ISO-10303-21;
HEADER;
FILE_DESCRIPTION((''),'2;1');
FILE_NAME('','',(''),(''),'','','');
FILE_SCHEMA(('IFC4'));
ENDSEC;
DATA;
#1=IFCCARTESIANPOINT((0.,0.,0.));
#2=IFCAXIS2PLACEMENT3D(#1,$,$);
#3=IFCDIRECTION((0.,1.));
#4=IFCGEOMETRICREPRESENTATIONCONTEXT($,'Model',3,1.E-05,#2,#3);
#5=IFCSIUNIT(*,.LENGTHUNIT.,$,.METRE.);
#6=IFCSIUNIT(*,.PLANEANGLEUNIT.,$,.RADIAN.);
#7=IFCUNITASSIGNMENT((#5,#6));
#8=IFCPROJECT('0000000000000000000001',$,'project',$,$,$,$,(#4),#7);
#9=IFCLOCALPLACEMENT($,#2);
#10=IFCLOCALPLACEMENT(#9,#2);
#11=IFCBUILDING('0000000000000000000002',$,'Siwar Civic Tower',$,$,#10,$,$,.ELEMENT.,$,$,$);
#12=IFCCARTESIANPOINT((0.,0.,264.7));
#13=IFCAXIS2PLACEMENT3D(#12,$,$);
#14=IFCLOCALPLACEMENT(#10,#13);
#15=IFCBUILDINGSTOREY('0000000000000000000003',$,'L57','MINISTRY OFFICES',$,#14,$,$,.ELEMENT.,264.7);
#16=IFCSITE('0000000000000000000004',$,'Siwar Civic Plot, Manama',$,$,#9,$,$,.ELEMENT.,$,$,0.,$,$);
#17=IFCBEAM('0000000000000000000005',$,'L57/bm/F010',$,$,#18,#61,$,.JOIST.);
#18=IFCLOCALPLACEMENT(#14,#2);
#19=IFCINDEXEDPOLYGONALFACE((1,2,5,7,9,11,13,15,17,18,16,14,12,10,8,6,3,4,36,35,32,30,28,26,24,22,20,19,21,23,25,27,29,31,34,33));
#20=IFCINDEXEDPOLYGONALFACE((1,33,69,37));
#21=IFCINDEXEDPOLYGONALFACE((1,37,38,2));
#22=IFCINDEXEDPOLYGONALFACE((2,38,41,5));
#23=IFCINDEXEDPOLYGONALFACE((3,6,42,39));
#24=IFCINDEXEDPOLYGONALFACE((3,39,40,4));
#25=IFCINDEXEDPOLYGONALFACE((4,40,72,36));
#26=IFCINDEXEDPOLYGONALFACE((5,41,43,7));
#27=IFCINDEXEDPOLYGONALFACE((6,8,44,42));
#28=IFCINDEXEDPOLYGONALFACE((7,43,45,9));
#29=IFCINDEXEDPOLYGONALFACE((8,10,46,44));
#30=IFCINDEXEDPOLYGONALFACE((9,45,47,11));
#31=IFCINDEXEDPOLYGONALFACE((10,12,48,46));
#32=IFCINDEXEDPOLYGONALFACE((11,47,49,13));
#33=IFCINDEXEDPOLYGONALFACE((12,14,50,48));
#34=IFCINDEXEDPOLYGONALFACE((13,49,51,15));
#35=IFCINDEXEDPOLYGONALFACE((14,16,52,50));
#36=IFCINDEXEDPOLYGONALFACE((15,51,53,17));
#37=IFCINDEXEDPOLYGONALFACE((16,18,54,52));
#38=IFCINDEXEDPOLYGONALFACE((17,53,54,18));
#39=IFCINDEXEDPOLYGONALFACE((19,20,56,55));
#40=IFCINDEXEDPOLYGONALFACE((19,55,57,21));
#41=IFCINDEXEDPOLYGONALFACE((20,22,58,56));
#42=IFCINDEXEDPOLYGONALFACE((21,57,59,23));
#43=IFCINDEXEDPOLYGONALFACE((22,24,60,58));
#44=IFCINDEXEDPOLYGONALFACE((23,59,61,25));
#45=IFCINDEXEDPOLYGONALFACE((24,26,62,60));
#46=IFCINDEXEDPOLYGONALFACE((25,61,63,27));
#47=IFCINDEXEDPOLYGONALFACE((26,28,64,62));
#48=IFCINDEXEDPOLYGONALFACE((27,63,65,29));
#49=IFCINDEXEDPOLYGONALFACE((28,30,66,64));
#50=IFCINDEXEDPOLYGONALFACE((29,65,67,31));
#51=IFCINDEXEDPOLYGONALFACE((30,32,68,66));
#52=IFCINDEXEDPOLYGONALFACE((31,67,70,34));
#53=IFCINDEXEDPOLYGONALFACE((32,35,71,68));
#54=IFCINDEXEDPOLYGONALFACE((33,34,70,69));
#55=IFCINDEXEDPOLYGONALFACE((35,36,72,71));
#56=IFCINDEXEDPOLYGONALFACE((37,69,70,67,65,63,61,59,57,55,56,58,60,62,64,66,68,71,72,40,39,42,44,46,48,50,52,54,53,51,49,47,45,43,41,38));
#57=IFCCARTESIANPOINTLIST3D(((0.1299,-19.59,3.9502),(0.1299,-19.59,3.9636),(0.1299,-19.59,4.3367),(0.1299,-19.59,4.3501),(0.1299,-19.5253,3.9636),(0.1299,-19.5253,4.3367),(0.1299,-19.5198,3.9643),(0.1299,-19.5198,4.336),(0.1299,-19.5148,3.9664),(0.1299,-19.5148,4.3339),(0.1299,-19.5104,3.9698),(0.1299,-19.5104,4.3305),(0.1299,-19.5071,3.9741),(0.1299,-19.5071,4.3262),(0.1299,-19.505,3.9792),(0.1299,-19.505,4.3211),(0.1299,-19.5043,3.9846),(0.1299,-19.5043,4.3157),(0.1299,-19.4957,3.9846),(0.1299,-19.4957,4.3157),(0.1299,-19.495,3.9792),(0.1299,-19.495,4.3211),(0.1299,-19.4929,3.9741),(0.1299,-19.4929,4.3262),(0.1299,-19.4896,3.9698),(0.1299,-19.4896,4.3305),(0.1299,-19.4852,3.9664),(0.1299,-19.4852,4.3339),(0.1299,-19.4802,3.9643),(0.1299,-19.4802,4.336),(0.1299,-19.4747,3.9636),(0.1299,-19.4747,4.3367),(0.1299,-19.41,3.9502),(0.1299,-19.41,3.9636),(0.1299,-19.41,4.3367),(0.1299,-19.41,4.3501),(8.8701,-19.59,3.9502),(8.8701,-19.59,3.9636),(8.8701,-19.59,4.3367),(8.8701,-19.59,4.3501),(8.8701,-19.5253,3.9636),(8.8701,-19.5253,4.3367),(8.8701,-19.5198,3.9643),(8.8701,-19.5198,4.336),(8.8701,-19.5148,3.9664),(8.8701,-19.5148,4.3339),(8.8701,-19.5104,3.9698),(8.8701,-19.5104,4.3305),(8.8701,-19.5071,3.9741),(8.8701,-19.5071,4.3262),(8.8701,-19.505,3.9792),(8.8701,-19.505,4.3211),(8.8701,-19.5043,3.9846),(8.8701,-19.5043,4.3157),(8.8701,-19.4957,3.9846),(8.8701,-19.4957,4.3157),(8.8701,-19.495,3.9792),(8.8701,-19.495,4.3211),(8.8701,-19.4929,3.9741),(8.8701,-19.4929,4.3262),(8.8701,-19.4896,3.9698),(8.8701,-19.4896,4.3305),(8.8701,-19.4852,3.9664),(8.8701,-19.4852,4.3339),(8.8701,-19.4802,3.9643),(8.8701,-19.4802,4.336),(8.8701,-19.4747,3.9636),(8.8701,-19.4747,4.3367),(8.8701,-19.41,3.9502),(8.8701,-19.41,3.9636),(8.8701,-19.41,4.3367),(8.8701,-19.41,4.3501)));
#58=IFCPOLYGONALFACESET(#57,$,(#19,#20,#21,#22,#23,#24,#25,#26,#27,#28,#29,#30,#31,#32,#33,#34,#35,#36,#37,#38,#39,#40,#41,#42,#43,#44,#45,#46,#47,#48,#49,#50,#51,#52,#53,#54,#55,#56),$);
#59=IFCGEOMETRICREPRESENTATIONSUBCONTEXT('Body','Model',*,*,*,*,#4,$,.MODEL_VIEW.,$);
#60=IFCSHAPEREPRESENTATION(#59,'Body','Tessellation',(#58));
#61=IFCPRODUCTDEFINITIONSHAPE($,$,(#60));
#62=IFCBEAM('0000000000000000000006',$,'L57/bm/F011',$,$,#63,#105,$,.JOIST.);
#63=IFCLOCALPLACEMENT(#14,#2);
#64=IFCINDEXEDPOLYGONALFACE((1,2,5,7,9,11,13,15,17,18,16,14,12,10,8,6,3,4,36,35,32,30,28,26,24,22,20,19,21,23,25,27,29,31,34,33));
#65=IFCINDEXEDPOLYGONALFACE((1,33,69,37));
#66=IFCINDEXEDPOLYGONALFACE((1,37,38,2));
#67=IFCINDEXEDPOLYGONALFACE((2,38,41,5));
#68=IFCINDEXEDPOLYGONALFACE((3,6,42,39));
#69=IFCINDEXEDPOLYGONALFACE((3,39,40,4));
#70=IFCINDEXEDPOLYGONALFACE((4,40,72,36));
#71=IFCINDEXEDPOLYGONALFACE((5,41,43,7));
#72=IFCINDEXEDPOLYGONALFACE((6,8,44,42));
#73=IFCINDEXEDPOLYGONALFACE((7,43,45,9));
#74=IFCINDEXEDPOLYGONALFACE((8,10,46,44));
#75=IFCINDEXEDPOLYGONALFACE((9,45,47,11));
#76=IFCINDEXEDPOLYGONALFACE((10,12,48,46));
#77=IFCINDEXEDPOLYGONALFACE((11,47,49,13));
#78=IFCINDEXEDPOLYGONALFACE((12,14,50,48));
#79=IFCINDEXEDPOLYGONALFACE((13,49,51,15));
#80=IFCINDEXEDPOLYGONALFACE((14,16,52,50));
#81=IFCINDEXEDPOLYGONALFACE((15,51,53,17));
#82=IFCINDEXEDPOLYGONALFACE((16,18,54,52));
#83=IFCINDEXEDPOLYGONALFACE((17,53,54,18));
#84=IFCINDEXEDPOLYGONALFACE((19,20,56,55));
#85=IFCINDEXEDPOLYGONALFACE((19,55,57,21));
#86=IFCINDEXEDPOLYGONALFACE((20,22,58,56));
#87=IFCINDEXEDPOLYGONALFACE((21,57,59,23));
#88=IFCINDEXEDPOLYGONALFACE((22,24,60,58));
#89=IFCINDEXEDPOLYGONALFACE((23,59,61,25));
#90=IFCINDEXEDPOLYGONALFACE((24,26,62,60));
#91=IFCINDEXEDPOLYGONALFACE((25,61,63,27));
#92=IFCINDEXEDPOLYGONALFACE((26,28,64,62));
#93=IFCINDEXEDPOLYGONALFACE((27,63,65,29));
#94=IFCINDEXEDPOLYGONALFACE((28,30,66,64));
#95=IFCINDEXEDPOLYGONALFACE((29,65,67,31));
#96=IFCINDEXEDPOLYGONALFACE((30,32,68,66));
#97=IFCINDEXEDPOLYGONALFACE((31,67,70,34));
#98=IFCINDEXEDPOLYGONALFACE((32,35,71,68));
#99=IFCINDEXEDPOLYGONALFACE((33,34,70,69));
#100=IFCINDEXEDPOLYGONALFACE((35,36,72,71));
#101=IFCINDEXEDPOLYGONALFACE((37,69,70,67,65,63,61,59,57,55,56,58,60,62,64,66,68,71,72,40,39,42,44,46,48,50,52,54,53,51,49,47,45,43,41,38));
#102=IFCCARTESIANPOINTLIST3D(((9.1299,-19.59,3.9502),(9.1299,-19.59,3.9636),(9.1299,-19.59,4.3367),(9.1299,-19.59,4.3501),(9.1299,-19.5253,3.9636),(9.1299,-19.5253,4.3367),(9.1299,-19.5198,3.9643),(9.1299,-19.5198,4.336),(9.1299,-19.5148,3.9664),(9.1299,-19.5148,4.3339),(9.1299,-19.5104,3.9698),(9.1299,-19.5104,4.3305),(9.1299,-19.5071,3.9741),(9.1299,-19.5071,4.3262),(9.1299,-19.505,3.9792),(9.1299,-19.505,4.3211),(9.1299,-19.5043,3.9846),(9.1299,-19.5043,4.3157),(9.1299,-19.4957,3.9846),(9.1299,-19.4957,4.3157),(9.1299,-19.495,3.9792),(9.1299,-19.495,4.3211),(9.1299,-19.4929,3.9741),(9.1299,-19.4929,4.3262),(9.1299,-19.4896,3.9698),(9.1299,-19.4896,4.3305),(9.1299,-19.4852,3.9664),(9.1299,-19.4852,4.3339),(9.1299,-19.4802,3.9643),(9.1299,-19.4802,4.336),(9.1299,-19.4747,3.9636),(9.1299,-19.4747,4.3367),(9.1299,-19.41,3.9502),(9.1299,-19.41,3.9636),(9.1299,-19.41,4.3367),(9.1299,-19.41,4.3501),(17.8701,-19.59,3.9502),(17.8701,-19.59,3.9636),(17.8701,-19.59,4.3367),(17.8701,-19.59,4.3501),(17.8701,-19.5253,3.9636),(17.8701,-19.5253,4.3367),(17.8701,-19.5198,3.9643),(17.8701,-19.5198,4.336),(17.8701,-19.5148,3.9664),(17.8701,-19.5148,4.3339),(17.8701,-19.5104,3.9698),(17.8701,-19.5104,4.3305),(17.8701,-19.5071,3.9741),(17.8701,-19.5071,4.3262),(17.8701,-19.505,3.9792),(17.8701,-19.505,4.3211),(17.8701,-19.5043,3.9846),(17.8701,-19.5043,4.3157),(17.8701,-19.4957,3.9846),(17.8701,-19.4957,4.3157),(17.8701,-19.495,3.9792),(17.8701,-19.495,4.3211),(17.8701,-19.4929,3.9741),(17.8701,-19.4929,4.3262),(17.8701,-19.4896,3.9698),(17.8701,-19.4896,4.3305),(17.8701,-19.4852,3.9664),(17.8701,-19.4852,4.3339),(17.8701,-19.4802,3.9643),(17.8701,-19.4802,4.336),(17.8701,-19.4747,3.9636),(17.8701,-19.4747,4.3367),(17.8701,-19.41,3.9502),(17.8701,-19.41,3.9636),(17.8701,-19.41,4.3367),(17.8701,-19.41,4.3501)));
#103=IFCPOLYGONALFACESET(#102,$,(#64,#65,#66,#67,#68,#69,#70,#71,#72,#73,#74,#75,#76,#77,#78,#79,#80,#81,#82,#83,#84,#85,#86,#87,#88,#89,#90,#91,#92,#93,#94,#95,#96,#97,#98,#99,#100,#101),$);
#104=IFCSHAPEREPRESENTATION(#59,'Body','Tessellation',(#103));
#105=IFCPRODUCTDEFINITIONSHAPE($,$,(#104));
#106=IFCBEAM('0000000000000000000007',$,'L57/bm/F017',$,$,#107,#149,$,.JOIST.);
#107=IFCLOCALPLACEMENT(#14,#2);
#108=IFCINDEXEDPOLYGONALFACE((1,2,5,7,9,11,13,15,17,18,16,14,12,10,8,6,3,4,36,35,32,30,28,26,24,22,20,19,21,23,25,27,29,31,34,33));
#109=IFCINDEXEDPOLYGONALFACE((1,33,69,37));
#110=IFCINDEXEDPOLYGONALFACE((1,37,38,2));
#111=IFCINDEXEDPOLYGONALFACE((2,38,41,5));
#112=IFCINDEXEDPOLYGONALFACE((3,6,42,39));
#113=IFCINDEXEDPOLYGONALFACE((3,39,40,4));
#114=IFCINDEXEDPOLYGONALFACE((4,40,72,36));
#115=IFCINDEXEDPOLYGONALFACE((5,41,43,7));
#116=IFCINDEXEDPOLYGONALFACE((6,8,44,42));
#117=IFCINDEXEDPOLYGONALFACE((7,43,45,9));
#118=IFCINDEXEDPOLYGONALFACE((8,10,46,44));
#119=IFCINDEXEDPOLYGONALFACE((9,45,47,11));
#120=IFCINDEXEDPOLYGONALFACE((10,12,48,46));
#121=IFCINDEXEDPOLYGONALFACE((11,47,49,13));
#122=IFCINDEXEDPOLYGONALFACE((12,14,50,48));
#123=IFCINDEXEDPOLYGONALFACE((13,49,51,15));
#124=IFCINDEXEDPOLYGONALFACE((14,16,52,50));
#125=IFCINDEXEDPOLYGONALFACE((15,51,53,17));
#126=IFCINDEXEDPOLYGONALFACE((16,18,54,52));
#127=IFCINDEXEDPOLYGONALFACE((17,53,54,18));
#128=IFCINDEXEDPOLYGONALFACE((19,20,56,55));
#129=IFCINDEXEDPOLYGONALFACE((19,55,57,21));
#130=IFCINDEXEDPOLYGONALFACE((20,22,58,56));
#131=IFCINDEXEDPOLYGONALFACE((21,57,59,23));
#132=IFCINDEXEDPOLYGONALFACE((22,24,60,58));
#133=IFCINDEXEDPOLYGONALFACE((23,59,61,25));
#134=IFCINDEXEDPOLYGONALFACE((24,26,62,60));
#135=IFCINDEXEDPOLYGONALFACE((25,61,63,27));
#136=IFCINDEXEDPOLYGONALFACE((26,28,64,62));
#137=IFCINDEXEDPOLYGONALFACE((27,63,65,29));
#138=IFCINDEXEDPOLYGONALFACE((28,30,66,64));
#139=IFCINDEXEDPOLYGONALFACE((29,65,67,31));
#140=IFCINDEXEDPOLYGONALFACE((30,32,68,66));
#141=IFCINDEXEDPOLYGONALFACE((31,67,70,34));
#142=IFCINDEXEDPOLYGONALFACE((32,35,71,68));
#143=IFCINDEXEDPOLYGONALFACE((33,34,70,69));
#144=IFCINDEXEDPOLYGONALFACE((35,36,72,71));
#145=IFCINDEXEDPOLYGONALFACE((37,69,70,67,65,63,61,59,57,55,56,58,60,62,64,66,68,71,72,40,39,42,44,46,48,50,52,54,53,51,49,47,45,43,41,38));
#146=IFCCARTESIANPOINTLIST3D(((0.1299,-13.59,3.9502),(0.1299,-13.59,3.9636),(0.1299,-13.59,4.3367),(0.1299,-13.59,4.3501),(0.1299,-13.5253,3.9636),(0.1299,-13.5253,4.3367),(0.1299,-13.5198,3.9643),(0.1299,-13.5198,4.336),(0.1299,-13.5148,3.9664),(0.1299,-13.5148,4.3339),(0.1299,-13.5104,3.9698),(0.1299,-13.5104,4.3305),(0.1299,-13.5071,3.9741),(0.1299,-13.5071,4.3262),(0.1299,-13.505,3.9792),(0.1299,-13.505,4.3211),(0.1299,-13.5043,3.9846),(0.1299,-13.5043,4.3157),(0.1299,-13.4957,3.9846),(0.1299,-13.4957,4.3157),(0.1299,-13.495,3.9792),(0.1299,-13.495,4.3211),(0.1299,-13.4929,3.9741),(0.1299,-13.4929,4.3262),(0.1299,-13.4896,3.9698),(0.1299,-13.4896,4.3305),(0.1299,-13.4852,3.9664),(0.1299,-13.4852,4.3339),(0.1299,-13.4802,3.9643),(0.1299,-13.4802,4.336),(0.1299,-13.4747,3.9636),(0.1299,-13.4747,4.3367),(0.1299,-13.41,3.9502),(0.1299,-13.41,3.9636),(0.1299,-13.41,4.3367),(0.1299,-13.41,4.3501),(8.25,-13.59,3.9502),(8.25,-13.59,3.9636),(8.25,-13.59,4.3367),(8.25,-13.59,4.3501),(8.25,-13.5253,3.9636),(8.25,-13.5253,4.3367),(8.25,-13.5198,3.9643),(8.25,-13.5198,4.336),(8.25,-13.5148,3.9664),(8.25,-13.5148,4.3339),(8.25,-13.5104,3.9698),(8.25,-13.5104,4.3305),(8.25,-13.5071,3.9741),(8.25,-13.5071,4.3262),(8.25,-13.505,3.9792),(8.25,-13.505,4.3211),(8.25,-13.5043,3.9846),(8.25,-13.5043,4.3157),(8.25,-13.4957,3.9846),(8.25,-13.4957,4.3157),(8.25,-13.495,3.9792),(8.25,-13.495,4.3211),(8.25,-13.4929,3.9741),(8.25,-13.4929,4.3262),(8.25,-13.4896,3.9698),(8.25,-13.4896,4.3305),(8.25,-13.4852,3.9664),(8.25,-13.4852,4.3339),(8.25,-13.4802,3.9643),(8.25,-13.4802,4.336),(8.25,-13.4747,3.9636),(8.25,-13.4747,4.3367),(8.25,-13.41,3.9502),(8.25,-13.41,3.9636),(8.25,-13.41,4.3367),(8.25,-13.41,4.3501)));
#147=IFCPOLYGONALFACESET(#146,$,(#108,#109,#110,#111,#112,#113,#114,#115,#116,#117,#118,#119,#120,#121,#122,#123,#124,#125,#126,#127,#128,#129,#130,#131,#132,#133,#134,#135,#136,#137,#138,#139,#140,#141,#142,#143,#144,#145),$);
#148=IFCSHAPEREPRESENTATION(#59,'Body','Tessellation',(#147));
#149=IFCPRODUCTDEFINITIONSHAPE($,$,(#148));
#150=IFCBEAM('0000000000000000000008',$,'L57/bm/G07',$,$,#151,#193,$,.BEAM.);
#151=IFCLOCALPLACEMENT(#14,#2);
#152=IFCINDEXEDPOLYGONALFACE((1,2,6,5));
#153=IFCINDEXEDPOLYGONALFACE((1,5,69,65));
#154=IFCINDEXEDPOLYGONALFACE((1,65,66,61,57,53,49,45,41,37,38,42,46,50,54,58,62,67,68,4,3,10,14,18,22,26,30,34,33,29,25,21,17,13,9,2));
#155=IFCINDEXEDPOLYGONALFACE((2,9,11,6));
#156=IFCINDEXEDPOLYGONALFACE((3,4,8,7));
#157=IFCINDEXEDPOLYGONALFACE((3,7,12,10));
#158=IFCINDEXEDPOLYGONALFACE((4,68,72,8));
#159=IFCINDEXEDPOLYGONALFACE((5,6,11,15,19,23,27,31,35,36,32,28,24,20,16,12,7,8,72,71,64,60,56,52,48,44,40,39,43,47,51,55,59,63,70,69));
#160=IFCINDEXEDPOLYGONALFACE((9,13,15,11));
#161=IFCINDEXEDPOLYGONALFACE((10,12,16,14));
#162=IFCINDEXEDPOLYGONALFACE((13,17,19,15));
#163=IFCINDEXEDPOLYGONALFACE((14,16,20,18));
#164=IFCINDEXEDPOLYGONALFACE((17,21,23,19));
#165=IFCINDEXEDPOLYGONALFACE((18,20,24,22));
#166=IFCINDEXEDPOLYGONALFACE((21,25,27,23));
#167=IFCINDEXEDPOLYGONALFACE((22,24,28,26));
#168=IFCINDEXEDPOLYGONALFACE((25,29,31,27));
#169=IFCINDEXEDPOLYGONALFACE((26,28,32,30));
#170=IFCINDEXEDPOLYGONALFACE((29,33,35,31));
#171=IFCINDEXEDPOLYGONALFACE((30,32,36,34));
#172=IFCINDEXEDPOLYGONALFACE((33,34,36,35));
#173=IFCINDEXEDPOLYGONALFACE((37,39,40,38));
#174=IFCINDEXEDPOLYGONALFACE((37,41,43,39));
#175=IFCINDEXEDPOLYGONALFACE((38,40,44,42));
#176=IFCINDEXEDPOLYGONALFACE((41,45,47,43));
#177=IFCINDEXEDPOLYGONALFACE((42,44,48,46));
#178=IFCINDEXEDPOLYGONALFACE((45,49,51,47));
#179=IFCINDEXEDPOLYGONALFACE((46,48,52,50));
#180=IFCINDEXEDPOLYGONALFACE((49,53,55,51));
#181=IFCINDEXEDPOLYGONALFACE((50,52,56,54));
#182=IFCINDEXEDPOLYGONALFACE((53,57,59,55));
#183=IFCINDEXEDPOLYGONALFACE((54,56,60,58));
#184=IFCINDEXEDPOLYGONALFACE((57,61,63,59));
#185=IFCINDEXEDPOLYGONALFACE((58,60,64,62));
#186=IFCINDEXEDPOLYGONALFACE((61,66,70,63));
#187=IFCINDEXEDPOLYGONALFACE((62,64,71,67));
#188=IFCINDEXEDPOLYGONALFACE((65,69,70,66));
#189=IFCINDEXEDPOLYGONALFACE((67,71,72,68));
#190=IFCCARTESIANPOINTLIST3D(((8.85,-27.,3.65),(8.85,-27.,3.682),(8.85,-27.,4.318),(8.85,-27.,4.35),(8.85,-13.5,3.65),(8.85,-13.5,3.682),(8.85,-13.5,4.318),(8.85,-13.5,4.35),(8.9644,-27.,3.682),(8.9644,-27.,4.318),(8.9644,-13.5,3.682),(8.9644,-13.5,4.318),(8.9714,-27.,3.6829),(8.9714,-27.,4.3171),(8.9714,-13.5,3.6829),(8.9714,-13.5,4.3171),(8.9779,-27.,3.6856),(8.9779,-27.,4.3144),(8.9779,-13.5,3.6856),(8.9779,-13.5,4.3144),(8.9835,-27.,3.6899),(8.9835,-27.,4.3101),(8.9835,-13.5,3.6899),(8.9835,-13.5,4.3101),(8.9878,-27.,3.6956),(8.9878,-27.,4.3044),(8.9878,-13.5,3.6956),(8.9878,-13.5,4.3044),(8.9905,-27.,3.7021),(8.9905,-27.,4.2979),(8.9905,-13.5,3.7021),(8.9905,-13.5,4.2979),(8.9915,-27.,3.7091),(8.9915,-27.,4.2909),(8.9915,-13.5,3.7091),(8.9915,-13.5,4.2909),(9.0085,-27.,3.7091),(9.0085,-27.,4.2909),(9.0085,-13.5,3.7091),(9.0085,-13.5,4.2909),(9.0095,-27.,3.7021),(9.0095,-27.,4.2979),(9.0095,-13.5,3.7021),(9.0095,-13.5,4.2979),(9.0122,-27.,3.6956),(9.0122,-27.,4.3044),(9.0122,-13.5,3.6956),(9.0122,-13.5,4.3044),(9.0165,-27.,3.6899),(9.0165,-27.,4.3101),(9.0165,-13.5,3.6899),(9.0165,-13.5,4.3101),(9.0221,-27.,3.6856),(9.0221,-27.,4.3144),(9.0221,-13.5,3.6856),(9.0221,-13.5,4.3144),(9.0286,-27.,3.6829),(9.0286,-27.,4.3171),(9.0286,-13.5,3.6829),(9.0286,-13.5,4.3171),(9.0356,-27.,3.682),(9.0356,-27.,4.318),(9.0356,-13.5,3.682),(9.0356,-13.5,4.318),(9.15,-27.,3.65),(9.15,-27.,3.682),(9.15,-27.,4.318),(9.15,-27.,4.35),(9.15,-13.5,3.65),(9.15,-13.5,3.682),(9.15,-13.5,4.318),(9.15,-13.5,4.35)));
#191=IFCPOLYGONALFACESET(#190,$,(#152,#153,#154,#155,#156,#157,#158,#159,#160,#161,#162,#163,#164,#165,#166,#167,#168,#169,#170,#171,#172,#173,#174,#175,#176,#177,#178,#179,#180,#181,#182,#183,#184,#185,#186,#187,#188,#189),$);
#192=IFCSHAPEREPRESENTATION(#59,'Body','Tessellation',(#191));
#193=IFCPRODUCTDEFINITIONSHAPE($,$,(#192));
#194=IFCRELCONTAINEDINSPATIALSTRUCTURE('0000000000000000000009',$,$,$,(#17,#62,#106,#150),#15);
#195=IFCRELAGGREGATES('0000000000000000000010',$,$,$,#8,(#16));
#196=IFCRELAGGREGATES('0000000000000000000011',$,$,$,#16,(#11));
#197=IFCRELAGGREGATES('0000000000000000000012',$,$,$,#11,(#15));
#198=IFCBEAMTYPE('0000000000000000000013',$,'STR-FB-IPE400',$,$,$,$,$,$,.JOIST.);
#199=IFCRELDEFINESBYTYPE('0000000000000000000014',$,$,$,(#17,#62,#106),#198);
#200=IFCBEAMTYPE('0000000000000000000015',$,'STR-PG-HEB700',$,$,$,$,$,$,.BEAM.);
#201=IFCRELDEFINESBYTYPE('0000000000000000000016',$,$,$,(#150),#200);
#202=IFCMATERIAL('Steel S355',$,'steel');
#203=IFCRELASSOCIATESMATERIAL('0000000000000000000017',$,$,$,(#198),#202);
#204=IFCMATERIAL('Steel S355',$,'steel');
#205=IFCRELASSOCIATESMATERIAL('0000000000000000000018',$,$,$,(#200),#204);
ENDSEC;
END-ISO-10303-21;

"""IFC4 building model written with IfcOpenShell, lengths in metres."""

from ifc_helpers import new_model, si_unit, direction, frame, origin, origin_2d, place, context, subcontext, project, spatial, i_section, extrude, material, material_profile, profile_set, type_object, element, save


model = new_model("IFC4")

# Units and contexts
model_context = context("Model", 3, precision=1e-05, world=origin(), true_north=direction((0.0, 1.0)))
body_context = subcontext(model_context, "Body", "Model", "MODEL_VIEW")
ifc_project = project(units=[si_unit("LENGTHUNIT", "METRE"), si_unit("PLANEANGLEUNIT", "RADIAN")], contexts=[model_context])

# Site, building, storey
site_placement = place(None, origin())
site = spatial("IfcSite", under=ifc_project, at=site_placement, Name="Siwar Civic Plot, Manama", CompositionType="ELEMENT", RefElevation=0.0)
building_placement = place(site_placement, origin())
building = spatial("IfcBuilding", under=site, at=building_placement, Name="Siwar Civic Tower", CompositionType="ELEMENT")
storey_placement = place(building_placement, frame((0.0, 0.0, 264.7)))
storey = spatial("IfcBuildingStorey", under=building, at=storey_placement, Name="L57", Description="MINISTRY OFFICES", CompositionType="ELEMENT", Elevation=264.7)

# Beams
ifc_material_1 = material(Name="Steel S355", Category="steel")
ifc_material_profile_1 = material_profile(ifc_material_1, i_section(OverallWidth=0.1799, OverallDepth=0.3999, WebThickness=0.0085, FlangeThickness=0.0134, FilletRadius=0.021, at=origin_2d()), Name="IPE400")
ifc_profile_set_1 = profile_set([ifc_material_profile_1], Name="Steel S355")
beam_type_1 = type_object("IfcBeamType", Name="STR-FB-IPE400", PredefinedType="JOIST", material=ifc_profile_set_1)
for number, where, z_axis, x_axis, name in (
    (1, (0.1299, -19.5, 4.1501), (1.0, 0.0, 0.0), (0.0, 1.0, 0.0), "L57/bm/F010"),
    (2, (9.1299, -19.5, 4.1501), (1.0, 0.0, 0.0), (0.0, 1.0, 0.0), "L57/bm/F011"),
):
    element("IfcBeam", number, at=place(storey_placement, frame(where, z_axis=z_axis, x_axis=x_axis)), inside=storey, type_object=beam_type_1, Name=name, PredefinedType="JOIST", context=body_context, shape_type="SweptSolid", body=[
        extrude(i_section(OverallWidth=0.1799, OverallDepth=0.3999, WebThickness=0.0085, FlangeThickness=0.0134, FilletRadius=0.021, at=origin_2d()), origin(), (0.0, 0.0, 1.0), 8.7402),
    ])
beam_1_placement = place(storey_placement, frame((0.1299, -13.5, 4.1501), z_axis=(1.0, 0.0, 0.0), x_axis=(0.0, 1.0, 0.0)))
element("IfcBeam", 3, at=beam_1_placement, inside=storey, type_object=beam_type_1, Name="L57/bm/F017", PredefinedType="JOIST", context=body_context, shape_type="SweptSolid", body=[
    extrude(i_section(OverallWidth=0.1799, OverallDepth=0.3999, WebThickness=0.0085, FlangeThickness=0.0134, FilletRadius=0.021, at=origin_2d()), origin(), (0.0, 0.0, 1.0), 8.1201),
])
ifc_material_2 = material(Name="Steel S355", Category="steel")
ifc_material_profile_2 = material_profile(ifc_material_2, i_section(OverallWidth=0.3, OverallDepth=0.7, WebThickness=0.0171, FlangeThickness=0.032, FilletRadius=0.0271, at=origin_2d()), Name="HEB700")
ifc_profile_set_2 = profile_set([ifc_material_profile_2], Name="Steel S355")
beam_type_2 = type_object("IfcBeamType", Name="STR-PG-HEB700", PredefinedType="BEAM", material=ifc_profile_set_2)
beam_2_placement = place(storey_placement, frame((9.0, -27.0, 4.0), z_axis=(0.0, 1.0, 0.0), x_axis=(-1.0, 0.0, 0.0)))
element("IfcBeam", 4, at=beam_2_placement, inside=storey, type_object=beam_type_2, Name="L57/bm/G07", PredefinedType="BEAM", context=body_context, shape_type="SweptSolid", body=[
    extrude(i_section(OverallWidth=0.3, OverallDepth=0.7, WebThickness=0.0171, FlangeThickness=0.032, FilletRadius=0.0271, at=origin_2d()), origin(), (0.0, 0.0, 1.0), 13.5),
])

save(model, "model.ifc")
